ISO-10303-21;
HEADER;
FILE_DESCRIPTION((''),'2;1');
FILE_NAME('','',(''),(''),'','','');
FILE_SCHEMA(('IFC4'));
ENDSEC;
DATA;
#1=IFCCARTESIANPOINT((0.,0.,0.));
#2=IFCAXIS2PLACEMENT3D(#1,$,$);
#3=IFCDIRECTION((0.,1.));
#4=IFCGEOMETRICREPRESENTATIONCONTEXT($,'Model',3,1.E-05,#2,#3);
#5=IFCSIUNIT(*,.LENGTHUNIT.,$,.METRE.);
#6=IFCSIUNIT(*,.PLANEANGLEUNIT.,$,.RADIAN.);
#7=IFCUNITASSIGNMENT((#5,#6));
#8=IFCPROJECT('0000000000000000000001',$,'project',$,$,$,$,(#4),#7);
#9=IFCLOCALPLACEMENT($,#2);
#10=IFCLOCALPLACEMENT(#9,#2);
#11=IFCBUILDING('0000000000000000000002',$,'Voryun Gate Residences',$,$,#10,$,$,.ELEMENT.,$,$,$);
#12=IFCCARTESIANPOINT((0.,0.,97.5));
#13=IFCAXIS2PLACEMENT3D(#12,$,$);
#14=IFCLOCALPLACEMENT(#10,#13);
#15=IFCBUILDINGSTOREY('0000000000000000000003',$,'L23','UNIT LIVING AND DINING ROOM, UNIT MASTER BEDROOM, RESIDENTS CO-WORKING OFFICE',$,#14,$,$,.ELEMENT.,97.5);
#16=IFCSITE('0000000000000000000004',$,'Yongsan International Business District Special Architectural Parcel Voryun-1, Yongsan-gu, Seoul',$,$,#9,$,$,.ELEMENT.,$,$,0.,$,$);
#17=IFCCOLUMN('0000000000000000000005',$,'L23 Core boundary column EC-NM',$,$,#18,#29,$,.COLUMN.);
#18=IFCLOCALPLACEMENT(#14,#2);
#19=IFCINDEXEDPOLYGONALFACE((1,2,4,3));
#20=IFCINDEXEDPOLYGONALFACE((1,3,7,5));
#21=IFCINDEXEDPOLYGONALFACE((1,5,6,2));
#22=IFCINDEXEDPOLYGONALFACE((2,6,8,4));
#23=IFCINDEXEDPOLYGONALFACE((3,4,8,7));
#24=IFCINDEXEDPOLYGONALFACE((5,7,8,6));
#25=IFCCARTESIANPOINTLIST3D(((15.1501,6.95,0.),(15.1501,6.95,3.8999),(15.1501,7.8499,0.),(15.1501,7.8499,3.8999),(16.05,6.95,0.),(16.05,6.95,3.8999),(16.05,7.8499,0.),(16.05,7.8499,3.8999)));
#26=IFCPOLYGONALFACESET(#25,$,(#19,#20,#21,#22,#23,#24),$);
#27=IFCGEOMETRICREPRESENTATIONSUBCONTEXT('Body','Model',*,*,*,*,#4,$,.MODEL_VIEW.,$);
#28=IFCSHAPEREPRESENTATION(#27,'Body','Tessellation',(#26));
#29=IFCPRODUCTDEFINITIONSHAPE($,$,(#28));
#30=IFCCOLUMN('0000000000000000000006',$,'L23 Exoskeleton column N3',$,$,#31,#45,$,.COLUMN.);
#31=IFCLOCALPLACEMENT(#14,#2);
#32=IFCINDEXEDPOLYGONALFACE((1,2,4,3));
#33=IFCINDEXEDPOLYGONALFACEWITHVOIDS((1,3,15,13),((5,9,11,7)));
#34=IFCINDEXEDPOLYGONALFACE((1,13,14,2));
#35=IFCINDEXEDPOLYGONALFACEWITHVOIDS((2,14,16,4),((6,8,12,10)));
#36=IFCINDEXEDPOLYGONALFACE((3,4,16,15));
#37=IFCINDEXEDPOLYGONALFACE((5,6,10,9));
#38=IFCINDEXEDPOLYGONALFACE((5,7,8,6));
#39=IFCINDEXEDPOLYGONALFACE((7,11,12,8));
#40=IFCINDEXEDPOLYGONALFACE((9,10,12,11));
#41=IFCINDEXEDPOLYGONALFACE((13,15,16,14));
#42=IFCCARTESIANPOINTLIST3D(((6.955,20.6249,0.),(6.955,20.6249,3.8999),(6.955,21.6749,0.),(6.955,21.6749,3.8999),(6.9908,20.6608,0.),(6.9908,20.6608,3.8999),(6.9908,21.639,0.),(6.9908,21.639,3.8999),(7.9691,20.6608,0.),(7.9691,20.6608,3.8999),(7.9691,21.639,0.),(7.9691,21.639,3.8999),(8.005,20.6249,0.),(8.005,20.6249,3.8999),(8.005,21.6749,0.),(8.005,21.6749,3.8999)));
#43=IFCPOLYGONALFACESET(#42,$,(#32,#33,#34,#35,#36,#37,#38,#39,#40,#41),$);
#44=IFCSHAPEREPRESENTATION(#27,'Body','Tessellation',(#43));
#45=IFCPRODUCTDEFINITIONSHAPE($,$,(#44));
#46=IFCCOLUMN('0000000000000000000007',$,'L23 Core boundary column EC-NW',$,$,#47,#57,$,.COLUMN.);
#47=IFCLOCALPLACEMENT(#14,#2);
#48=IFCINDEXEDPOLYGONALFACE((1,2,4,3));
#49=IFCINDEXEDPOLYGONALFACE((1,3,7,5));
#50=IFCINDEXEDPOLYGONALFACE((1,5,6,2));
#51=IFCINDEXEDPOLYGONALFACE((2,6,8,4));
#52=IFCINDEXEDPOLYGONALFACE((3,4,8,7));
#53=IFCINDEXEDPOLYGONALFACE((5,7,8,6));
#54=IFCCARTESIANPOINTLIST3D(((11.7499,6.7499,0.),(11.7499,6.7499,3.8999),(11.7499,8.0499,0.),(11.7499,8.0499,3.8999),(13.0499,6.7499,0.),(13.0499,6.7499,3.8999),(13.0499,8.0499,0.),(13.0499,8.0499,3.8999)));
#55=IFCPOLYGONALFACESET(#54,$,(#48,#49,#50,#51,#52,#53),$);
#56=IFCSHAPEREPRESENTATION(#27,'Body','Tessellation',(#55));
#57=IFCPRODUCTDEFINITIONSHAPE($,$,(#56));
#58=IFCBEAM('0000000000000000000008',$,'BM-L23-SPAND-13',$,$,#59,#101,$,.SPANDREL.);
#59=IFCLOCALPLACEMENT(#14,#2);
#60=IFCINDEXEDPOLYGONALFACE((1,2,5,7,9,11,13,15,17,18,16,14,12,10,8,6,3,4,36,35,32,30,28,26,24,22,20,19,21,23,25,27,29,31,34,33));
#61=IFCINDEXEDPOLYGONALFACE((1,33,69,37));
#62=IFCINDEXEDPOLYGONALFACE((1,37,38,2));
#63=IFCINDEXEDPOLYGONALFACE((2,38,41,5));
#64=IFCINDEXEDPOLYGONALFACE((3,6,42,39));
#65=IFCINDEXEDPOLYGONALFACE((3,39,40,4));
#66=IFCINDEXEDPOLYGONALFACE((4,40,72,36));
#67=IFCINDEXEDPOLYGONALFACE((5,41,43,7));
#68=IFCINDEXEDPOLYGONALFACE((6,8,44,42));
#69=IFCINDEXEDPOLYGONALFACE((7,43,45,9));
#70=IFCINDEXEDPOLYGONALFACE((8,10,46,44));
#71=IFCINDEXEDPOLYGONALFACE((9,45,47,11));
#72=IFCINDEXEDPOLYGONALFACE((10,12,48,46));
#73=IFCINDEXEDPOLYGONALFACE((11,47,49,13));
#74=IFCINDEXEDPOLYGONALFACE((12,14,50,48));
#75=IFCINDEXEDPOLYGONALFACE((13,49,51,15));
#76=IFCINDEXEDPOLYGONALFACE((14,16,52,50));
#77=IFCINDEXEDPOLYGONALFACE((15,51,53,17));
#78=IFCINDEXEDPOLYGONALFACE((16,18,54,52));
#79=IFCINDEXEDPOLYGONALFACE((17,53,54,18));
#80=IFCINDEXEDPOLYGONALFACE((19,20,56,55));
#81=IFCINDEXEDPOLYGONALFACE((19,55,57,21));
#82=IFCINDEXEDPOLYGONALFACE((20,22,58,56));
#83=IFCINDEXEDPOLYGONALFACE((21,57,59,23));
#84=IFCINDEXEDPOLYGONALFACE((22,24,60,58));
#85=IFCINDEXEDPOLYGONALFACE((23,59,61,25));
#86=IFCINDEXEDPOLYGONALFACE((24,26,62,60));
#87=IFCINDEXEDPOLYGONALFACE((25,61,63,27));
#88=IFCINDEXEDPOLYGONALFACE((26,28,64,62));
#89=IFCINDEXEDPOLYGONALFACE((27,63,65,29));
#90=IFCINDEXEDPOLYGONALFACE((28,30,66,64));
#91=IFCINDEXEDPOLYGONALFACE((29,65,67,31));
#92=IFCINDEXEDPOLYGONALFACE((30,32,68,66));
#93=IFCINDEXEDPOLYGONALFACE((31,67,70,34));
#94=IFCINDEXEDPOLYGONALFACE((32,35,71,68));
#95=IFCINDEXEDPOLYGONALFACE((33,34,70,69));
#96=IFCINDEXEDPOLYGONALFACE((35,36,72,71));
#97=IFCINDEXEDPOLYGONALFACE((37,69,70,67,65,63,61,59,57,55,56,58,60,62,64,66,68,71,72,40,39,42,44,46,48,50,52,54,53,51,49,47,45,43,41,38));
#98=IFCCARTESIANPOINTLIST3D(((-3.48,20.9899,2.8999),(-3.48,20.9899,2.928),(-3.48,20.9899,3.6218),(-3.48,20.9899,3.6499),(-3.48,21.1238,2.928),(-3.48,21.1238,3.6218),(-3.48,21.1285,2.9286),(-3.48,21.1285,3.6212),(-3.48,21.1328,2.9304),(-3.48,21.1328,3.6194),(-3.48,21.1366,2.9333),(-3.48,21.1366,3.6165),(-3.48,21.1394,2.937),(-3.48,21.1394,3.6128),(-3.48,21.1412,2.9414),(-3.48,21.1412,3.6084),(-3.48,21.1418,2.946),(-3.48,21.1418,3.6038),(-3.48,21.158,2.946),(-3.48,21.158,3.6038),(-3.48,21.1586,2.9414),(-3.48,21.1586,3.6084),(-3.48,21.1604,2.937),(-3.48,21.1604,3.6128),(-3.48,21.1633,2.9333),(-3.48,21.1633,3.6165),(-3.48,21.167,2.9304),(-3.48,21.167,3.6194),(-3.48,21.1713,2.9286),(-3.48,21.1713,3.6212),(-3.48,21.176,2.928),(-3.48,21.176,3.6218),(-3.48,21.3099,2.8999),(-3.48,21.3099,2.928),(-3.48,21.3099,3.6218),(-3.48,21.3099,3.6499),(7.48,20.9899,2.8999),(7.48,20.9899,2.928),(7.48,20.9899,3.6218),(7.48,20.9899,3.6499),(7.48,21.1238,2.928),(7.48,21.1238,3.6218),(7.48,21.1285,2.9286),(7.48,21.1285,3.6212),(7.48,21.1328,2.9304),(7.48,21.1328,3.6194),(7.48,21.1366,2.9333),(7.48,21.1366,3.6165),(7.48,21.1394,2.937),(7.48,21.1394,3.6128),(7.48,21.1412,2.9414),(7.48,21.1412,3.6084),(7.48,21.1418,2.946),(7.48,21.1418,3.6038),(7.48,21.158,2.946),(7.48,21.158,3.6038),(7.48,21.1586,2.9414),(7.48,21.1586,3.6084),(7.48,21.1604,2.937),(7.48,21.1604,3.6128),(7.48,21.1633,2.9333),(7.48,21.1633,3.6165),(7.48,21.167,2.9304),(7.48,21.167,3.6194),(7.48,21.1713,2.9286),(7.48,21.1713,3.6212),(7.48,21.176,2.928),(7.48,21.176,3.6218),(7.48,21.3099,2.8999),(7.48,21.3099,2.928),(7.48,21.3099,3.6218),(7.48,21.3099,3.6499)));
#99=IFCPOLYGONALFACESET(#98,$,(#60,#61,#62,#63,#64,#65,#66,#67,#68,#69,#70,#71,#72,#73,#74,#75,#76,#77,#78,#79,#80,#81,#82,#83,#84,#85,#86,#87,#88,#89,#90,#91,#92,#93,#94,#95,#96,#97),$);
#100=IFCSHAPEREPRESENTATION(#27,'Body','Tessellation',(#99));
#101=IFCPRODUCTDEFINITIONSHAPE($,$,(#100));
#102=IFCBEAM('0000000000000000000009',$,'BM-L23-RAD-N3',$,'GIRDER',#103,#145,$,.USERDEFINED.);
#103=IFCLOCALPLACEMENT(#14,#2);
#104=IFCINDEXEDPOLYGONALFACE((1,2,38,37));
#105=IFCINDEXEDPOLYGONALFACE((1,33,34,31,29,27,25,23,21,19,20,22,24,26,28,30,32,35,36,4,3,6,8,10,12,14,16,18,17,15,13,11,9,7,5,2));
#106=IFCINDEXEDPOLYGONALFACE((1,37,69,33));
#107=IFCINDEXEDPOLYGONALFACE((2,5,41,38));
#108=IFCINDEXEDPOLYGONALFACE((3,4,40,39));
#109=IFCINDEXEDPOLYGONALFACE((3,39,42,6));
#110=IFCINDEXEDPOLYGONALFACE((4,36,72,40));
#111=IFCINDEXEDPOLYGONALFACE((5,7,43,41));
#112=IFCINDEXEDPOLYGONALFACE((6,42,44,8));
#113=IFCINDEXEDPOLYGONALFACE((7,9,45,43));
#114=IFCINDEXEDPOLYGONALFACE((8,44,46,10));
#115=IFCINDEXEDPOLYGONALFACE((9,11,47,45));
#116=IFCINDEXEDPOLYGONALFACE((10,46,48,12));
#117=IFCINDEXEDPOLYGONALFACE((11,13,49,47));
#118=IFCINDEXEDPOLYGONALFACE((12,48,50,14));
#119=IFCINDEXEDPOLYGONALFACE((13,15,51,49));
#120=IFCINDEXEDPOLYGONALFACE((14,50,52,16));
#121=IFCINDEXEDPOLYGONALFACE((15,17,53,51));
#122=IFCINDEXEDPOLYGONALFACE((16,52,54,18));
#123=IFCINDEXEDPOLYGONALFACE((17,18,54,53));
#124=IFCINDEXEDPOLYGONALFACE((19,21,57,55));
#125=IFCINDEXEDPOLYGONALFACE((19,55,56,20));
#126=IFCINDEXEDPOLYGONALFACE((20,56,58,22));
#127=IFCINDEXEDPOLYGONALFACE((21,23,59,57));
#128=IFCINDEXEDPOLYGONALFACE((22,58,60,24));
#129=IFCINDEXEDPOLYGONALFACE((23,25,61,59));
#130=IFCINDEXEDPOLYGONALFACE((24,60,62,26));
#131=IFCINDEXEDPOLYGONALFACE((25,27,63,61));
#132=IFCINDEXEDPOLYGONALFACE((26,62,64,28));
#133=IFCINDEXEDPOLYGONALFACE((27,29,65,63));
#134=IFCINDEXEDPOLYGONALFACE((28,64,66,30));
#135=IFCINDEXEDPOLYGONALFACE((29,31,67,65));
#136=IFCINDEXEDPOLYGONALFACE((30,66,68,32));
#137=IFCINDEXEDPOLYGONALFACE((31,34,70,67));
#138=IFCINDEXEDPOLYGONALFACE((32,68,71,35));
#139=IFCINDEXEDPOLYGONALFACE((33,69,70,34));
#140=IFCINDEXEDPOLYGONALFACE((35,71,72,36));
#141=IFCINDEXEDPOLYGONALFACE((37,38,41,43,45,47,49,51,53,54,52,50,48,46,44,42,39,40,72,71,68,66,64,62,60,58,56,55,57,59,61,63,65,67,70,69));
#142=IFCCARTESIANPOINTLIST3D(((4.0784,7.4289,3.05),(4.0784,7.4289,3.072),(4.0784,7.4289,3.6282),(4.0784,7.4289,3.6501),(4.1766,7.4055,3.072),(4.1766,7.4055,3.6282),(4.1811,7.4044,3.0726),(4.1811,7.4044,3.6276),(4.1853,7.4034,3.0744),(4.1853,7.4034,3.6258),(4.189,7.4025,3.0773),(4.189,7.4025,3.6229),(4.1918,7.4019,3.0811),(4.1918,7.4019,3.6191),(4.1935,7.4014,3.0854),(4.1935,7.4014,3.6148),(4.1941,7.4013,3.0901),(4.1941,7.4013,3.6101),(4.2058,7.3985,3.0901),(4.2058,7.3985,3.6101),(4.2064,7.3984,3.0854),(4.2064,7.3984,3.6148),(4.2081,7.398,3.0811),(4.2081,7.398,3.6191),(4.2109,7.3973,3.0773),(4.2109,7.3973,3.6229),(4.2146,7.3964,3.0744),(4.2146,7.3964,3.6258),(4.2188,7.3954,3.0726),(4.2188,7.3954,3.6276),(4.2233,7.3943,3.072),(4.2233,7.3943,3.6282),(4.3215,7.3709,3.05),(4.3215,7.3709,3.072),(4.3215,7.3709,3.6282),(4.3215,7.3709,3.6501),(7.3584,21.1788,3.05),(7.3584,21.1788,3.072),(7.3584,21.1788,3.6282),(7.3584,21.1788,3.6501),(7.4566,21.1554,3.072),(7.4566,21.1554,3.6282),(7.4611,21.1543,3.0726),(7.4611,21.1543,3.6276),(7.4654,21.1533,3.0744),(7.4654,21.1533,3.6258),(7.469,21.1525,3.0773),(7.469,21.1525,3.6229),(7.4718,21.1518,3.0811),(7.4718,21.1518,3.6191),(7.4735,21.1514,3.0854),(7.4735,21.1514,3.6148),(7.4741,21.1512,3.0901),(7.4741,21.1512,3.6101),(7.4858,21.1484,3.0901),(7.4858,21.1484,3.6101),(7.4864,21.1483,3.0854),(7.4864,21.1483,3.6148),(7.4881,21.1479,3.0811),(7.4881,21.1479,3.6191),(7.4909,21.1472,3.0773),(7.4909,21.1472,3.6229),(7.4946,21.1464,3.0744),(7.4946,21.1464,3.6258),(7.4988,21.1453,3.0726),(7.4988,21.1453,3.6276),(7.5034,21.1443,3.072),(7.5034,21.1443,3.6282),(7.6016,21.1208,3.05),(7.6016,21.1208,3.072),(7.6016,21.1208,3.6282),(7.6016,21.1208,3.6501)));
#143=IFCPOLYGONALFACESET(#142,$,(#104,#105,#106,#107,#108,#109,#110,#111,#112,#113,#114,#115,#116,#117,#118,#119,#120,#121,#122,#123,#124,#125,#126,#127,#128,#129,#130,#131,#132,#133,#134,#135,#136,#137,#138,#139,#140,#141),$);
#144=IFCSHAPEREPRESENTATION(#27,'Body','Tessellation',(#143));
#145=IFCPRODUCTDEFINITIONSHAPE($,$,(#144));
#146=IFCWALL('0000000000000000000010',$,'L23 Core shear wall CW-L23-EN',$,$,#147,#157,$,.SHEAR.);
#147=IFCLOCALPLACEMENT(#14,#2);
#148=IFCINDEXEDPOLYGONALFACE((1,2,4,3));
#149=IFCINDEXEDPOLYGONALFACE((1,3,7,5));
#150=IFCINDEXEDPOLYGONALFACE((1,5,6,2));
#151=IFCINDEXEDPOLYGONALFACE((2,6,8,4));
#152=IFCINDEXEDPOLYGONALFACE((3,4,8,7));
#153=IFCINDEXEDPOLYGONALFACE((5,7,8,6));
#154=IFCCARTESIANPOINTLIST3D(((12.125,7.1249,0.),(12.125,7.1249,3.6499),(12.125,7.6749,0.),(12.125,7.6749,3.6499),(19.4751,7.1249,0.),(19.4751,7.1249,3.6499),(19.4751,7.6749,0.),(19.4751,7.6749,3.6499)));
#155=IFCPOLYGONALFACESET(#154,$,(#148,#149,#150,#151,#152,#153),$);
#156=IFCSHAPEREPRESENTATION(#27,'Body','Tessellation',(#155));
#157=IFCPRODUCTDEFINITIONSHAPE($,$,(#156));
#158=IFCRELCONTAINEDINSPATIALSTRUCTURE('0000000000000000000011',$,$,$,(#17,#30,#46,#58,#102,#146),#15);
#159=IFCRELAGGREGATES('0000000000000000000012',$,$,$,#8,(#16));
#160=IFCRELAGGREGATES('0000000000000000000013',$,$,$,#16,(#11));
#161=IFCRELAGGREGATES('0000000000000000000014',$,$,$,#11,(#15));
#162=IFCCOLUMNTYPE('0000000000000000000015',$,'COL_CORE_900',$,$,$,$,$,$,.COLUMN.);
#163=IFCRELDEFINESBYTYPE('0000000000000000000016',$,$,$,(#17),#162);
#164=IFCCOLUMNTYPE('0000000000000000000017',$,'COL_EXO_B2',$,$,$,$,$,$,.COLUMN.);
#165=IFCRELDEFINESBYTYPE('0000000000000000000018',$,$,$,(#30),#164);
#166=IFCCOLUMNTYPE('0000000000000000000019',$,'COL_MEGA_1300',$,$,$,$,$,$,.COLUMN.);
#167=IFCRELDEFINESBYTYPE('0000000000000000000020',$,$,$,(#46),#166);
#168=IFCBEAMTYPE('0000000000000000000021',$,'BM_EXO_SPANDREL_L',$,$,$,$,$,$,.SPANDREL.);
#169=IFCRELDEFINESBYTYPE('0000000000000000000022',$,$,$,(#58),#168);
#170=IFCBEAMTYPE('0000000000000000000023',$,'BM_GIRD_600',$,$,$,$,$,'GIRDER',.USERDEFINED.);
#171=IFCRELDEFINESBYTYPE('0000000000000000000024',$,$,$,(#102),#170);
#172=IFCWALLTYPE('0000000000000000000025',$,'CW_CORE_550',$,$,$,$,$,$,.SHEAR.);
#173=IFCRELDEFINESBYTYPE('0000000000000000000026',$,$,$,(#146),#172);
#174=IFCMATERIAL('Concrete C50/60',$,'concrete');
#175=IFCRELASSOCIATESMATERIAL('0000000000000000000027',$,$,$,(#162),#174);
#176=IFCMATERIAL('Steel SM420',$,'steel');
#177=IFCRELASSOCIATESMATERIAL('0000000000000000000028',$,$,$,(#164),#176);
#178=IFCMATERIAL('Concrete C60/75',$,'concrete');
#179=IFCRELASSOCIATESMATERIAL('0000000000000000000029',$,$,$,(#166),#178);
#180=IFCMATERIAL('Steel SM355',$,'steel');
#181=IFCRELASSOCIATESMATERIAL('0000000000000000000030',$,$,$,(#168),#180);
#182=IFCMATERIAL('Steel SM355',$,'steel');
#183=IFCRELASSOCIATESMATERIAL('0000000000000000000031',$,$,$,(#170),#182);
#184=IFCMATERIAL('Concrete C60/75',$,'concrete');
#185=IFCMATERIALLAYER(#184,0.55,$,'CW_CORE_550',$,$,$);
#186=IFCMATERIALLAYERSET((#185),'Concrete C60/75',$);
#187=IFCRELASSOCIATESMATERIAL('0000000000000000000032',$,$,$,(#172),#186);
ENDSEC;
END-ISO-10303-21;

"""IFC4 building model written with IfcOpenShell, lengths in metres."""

from ifc_helpers import new_model, si_unit, direction, frame, frame_2d, origin, origin_2d, place, context, subcontext, project, spatial, rectangle, hollow_rectangle, i_section, extrude, material, layer, layer_set, material_profile, profile_set, type_object, element, save


model = new_model("IFC4")

# Units and contexts
model_context = context("Model", 3, precision=1e-05, world=origin(), true_north=direction((0.0, 1.0)))
body_context = subcontext(model_context, "Body", "Model", "MODEL_VIEW")
ifc_project = project(units=[si_unit("LENGTHUNIT", "METRE"), si_unit("PLANEANGLEUNIT", "RADIAN")], contexts=[model_context])

# Site, building, storey
site_placement = place(None, origin())
site = spatial("IfcSite", under=ifc_project, at=site_placement, Name="Yongsan International Business District Special Architectural Parcel Voryun-1, Yongsan-gu, Seoul", CompositionType="ELEMENT", RefElevation=0.0)
building_placement = place(site_placement, origin())
building = spatial("IfcBuilding", under=site, at=building_placement, Name="Voryun Gate Residences", CompositionType="ELEMENT")
storey_placement = place(building_placement, frame((0.0, 0.0, 97.5)))
storey = spatial("IfcBuildingStorey", under=building, at=storey_placement, Name="L23", Description="UNIT LIVING AND DINING ROOM, UNIT MASTER BEDROOM, RESIDENTS CO-WORKING OFFICE", CompositionType="ELEMENT", Elevation=97.5)

# Columns
ifc_material_1 = material(Name="Concrete C50/60", Category="concrete")
ifc_material_profile_1 = material_profile(ifc_material_1, rectangle(XDim=0.8999, YDim=0.8999, at=origin_2d()), Name="RC-900x900")
ifc_profile_set_1 = profile_set([ifc_material_profile_1], Name="Concrete C50/60")
column_type_1 = type_object("IfcColumnType", Name="COL_CORE_900", PredefinedType="COLUMN", material=ifc_profile_set_1)
column_1_placement = place(storey_placement, frame((15.6001, 7.3999, 0.0), z_axis=(0.0, 0.0, 1.0), x_axis=(1.0, 0.0, 0.0)))
element("IfcColumn", 1, at=column_1_placement, inside=storey, type_object=column_type_1, Name="L23 Core boundary column EC-NM", PredefinedType="COLUMN", context=body_context, shape_type="SweptSolid", body=[
    extrude(rectangle(XDim=0.8999, YDim=0.8999, at=origin_2d()), origin(), (0.0, 0.0, 1.0), 3.8999),
])
ifc_material_2 = material(Name="Steel SM420", Category="steel")
ifc_material_profile_2 = material_profile(ifc_material_2, hollow_rectangle(XDim=1.05, YDim=1.05, WallThickness=0.0359, at=origin_2d()), Name="BOX-1050x1050x36")
ifc_profile_set_2 = profile_set([ifc_material_profile_2], Name="Steel SM420")
column_type_2 = type_object("IfcColumnType", Name="COL_EXO_B2", PredefinedType="COLUMN", material=ifc_profile_set_2)
column_2_placement = place(storey_placement, frame((7.48, 21.1499, 0.0), z_axis=(0.0, 0.0, 1.0), x_axis=(1.0, 0.0, 0.0)))
element("IfcColumn", 2, at=column_2_placement, inside=storey, type_object=column_type_2, Name="L23 Exoskeleton column N3", PredefinedType="COLUMN", context=body_context, shape_type="SweptSolid", body=[
    extrude(hollow_rectangle(XDim=1.05, YDim=1.05, WallThickness=0.0359, at=origin_2d()), origin(), (0.0, 0.0, 1.0), 3.8999),
])
ifc_material_3 = material(Name="Concrete C60/75", Category="concrete")
ifc_material_profile_3 = material_profile(ifc_material_3, rectangle(XDim=1.3, YDim=1.3, at=origin_2d()), Name="RC-1300x1300")
ifc_profile_set_3 = profile_set([ifc_material_profile_3], Name="Concrete C60/75")
column_type_3 = type_object("IfcColumnType", Name="COL_MEGA_1300", PredefinedType="COLUMN", material=ifc_profile_set_3)
column_3_placement = place(storey_placement, frame((12.3999, 7.3999, 0.0), z_axis=(0.0, 0.0, 1.0), x_axis=(1.0, 0.0, 0.0)))
element("IfcColumn", 3, at=column_3_placement, inside=storey, type_object=column_type_3, Name="L23 Core boundary column EC-NW", PredefinedType="COLUMN", context=body_context, shape_type="SweptSolid", body=[
    extrude(rectangle(XDim=1.3, YDim=1.3, at=origin_2d()), origin(), (0.0, 0.0, 1.0), 3.8999),
])

# Beams
ifc_material_4 = material(Name="Steel SM355", Category="steel")
ifc_material_profile_4 = material_profile(ifc_material_4, i_section(OverallWidth=0.3201, OverallDepth=0.75, WebThickness=0.0161, FlangeThickness=0.0281, FilletRadius=0.0181, at=origin_2d()), Name="H-750x320x16x28")
ifc_profile_set_4 = profile_set([ifc_material_profile_4], Name="Steel SM355")
beam_type_1 = type_object("IfcBeamType", Name="BM_EXO_SPANDREL_L", PredefinedType="SPANDREL", material=ifc_profile_set_4)
beam_1_placement = place(storey_placement, frame((7.48, 21.1499, 3.2749), z_axis=(-1.0, 0.0, 0.0), x_axis=(0.0, -1.0, 0.0)))
element("IfcBeam", 4, at=beam_1_placement, inside=storey, type_object=beam_type_1, Name="BM-L23-SPAND-13", PredefinedType="SPANDREL", context=body_context, shape_type="SweptSolid", body=[
    extrude(i_section(OverallWidth=0.3201, OverallDepth=0.75, WebThickness=0.0161, FlangeThickness=0.0281, FilletRadius=0.0181, at=origin_2d()), origin(), (0.0, 0.0, 1.0), 10.96),
])
ifc_material_5 = material(Name="Steel SM355", Category="steel")
ifc_material_profile_5 = material_profile(ifc_material_5, i_section(OverallWidth=0.25, OverallDepth=0.6001, WebThickness=0.012, FlangeThickness=0.022, FilletRadius=0.0181, at=origin_2d()), Name="H-600x250x12x22")
ifc_profile_set_5 = profile_set([ifc_material_profile_5], Name="Steel SM355")
beam_type_2 = type_object("IfcBeamType", Name="BM_GIRD_600", ElementType="GIRDER", PredefinedType="USERDEFINED", material=ifc_profile_set_5)
beam_2_placement = place(storey_placement, frame((4.2, 7.3999, 3.3501), z_axis=(0.232037, 0.972707, 0.0), x_axis=(-0.972707, 0.232037, 0.0)))
element("IfcBeam", 5, at=beam_2_placement, inside=storey, type_object=beam_type_2, Name="BM-L23-RAD-N3", ObjectType="GIRDER", PredefinedType="USERDEFINED", context=body_context, shape_type="SweptSolid", body=[
    extrude(i_section(OverallWidth=0.25, OverallDepth=0.6001, WebThickness=0.012, FlangeThickness=0.022, FilletRadius=0.0181, at=origin_2d()), origin(), (0.0, 0.0, 1.0), 14.1357),
])

# Wall
ifc_material_6 = material(Name="Concrete C60/75", Category="concrete")
ifc_layer_1 = layer(ifc_material_6, 0.55, Name="CW_CORE_550")
ifc_layer_set_1 = layer_set([ifc_layer_1], Name="Concrete C60/75")
wall_type_1 = type_object("IfcWallType", Name="CW_CORE_550", PredefinedType="SHEAR", material=ifc_layer_set_1)
wall_1_placement = place(storey_placement, frame((12.125, 7.3999, 0.0), z_axis=(0.0, 0.0, 1.0), x_axis=(1.0, 0.0, 0.0)))
element("IfcWall", 6, at=wall_1_placement, inside=storey, type_object=wall_type_1, Name="L23 Core shear wall CW-L23-EN", PredefinedType="SHEAR", context=body_context, shape_type="SweptSolid", body=[
    extrude(rectangle(XDim=7.3501, YDim=0.55, at=frame_2d((3.675, 0.0))), origin(), (0.0, 0.0, 1.0), 3.6499),
])

save(model, "model.ifc")
